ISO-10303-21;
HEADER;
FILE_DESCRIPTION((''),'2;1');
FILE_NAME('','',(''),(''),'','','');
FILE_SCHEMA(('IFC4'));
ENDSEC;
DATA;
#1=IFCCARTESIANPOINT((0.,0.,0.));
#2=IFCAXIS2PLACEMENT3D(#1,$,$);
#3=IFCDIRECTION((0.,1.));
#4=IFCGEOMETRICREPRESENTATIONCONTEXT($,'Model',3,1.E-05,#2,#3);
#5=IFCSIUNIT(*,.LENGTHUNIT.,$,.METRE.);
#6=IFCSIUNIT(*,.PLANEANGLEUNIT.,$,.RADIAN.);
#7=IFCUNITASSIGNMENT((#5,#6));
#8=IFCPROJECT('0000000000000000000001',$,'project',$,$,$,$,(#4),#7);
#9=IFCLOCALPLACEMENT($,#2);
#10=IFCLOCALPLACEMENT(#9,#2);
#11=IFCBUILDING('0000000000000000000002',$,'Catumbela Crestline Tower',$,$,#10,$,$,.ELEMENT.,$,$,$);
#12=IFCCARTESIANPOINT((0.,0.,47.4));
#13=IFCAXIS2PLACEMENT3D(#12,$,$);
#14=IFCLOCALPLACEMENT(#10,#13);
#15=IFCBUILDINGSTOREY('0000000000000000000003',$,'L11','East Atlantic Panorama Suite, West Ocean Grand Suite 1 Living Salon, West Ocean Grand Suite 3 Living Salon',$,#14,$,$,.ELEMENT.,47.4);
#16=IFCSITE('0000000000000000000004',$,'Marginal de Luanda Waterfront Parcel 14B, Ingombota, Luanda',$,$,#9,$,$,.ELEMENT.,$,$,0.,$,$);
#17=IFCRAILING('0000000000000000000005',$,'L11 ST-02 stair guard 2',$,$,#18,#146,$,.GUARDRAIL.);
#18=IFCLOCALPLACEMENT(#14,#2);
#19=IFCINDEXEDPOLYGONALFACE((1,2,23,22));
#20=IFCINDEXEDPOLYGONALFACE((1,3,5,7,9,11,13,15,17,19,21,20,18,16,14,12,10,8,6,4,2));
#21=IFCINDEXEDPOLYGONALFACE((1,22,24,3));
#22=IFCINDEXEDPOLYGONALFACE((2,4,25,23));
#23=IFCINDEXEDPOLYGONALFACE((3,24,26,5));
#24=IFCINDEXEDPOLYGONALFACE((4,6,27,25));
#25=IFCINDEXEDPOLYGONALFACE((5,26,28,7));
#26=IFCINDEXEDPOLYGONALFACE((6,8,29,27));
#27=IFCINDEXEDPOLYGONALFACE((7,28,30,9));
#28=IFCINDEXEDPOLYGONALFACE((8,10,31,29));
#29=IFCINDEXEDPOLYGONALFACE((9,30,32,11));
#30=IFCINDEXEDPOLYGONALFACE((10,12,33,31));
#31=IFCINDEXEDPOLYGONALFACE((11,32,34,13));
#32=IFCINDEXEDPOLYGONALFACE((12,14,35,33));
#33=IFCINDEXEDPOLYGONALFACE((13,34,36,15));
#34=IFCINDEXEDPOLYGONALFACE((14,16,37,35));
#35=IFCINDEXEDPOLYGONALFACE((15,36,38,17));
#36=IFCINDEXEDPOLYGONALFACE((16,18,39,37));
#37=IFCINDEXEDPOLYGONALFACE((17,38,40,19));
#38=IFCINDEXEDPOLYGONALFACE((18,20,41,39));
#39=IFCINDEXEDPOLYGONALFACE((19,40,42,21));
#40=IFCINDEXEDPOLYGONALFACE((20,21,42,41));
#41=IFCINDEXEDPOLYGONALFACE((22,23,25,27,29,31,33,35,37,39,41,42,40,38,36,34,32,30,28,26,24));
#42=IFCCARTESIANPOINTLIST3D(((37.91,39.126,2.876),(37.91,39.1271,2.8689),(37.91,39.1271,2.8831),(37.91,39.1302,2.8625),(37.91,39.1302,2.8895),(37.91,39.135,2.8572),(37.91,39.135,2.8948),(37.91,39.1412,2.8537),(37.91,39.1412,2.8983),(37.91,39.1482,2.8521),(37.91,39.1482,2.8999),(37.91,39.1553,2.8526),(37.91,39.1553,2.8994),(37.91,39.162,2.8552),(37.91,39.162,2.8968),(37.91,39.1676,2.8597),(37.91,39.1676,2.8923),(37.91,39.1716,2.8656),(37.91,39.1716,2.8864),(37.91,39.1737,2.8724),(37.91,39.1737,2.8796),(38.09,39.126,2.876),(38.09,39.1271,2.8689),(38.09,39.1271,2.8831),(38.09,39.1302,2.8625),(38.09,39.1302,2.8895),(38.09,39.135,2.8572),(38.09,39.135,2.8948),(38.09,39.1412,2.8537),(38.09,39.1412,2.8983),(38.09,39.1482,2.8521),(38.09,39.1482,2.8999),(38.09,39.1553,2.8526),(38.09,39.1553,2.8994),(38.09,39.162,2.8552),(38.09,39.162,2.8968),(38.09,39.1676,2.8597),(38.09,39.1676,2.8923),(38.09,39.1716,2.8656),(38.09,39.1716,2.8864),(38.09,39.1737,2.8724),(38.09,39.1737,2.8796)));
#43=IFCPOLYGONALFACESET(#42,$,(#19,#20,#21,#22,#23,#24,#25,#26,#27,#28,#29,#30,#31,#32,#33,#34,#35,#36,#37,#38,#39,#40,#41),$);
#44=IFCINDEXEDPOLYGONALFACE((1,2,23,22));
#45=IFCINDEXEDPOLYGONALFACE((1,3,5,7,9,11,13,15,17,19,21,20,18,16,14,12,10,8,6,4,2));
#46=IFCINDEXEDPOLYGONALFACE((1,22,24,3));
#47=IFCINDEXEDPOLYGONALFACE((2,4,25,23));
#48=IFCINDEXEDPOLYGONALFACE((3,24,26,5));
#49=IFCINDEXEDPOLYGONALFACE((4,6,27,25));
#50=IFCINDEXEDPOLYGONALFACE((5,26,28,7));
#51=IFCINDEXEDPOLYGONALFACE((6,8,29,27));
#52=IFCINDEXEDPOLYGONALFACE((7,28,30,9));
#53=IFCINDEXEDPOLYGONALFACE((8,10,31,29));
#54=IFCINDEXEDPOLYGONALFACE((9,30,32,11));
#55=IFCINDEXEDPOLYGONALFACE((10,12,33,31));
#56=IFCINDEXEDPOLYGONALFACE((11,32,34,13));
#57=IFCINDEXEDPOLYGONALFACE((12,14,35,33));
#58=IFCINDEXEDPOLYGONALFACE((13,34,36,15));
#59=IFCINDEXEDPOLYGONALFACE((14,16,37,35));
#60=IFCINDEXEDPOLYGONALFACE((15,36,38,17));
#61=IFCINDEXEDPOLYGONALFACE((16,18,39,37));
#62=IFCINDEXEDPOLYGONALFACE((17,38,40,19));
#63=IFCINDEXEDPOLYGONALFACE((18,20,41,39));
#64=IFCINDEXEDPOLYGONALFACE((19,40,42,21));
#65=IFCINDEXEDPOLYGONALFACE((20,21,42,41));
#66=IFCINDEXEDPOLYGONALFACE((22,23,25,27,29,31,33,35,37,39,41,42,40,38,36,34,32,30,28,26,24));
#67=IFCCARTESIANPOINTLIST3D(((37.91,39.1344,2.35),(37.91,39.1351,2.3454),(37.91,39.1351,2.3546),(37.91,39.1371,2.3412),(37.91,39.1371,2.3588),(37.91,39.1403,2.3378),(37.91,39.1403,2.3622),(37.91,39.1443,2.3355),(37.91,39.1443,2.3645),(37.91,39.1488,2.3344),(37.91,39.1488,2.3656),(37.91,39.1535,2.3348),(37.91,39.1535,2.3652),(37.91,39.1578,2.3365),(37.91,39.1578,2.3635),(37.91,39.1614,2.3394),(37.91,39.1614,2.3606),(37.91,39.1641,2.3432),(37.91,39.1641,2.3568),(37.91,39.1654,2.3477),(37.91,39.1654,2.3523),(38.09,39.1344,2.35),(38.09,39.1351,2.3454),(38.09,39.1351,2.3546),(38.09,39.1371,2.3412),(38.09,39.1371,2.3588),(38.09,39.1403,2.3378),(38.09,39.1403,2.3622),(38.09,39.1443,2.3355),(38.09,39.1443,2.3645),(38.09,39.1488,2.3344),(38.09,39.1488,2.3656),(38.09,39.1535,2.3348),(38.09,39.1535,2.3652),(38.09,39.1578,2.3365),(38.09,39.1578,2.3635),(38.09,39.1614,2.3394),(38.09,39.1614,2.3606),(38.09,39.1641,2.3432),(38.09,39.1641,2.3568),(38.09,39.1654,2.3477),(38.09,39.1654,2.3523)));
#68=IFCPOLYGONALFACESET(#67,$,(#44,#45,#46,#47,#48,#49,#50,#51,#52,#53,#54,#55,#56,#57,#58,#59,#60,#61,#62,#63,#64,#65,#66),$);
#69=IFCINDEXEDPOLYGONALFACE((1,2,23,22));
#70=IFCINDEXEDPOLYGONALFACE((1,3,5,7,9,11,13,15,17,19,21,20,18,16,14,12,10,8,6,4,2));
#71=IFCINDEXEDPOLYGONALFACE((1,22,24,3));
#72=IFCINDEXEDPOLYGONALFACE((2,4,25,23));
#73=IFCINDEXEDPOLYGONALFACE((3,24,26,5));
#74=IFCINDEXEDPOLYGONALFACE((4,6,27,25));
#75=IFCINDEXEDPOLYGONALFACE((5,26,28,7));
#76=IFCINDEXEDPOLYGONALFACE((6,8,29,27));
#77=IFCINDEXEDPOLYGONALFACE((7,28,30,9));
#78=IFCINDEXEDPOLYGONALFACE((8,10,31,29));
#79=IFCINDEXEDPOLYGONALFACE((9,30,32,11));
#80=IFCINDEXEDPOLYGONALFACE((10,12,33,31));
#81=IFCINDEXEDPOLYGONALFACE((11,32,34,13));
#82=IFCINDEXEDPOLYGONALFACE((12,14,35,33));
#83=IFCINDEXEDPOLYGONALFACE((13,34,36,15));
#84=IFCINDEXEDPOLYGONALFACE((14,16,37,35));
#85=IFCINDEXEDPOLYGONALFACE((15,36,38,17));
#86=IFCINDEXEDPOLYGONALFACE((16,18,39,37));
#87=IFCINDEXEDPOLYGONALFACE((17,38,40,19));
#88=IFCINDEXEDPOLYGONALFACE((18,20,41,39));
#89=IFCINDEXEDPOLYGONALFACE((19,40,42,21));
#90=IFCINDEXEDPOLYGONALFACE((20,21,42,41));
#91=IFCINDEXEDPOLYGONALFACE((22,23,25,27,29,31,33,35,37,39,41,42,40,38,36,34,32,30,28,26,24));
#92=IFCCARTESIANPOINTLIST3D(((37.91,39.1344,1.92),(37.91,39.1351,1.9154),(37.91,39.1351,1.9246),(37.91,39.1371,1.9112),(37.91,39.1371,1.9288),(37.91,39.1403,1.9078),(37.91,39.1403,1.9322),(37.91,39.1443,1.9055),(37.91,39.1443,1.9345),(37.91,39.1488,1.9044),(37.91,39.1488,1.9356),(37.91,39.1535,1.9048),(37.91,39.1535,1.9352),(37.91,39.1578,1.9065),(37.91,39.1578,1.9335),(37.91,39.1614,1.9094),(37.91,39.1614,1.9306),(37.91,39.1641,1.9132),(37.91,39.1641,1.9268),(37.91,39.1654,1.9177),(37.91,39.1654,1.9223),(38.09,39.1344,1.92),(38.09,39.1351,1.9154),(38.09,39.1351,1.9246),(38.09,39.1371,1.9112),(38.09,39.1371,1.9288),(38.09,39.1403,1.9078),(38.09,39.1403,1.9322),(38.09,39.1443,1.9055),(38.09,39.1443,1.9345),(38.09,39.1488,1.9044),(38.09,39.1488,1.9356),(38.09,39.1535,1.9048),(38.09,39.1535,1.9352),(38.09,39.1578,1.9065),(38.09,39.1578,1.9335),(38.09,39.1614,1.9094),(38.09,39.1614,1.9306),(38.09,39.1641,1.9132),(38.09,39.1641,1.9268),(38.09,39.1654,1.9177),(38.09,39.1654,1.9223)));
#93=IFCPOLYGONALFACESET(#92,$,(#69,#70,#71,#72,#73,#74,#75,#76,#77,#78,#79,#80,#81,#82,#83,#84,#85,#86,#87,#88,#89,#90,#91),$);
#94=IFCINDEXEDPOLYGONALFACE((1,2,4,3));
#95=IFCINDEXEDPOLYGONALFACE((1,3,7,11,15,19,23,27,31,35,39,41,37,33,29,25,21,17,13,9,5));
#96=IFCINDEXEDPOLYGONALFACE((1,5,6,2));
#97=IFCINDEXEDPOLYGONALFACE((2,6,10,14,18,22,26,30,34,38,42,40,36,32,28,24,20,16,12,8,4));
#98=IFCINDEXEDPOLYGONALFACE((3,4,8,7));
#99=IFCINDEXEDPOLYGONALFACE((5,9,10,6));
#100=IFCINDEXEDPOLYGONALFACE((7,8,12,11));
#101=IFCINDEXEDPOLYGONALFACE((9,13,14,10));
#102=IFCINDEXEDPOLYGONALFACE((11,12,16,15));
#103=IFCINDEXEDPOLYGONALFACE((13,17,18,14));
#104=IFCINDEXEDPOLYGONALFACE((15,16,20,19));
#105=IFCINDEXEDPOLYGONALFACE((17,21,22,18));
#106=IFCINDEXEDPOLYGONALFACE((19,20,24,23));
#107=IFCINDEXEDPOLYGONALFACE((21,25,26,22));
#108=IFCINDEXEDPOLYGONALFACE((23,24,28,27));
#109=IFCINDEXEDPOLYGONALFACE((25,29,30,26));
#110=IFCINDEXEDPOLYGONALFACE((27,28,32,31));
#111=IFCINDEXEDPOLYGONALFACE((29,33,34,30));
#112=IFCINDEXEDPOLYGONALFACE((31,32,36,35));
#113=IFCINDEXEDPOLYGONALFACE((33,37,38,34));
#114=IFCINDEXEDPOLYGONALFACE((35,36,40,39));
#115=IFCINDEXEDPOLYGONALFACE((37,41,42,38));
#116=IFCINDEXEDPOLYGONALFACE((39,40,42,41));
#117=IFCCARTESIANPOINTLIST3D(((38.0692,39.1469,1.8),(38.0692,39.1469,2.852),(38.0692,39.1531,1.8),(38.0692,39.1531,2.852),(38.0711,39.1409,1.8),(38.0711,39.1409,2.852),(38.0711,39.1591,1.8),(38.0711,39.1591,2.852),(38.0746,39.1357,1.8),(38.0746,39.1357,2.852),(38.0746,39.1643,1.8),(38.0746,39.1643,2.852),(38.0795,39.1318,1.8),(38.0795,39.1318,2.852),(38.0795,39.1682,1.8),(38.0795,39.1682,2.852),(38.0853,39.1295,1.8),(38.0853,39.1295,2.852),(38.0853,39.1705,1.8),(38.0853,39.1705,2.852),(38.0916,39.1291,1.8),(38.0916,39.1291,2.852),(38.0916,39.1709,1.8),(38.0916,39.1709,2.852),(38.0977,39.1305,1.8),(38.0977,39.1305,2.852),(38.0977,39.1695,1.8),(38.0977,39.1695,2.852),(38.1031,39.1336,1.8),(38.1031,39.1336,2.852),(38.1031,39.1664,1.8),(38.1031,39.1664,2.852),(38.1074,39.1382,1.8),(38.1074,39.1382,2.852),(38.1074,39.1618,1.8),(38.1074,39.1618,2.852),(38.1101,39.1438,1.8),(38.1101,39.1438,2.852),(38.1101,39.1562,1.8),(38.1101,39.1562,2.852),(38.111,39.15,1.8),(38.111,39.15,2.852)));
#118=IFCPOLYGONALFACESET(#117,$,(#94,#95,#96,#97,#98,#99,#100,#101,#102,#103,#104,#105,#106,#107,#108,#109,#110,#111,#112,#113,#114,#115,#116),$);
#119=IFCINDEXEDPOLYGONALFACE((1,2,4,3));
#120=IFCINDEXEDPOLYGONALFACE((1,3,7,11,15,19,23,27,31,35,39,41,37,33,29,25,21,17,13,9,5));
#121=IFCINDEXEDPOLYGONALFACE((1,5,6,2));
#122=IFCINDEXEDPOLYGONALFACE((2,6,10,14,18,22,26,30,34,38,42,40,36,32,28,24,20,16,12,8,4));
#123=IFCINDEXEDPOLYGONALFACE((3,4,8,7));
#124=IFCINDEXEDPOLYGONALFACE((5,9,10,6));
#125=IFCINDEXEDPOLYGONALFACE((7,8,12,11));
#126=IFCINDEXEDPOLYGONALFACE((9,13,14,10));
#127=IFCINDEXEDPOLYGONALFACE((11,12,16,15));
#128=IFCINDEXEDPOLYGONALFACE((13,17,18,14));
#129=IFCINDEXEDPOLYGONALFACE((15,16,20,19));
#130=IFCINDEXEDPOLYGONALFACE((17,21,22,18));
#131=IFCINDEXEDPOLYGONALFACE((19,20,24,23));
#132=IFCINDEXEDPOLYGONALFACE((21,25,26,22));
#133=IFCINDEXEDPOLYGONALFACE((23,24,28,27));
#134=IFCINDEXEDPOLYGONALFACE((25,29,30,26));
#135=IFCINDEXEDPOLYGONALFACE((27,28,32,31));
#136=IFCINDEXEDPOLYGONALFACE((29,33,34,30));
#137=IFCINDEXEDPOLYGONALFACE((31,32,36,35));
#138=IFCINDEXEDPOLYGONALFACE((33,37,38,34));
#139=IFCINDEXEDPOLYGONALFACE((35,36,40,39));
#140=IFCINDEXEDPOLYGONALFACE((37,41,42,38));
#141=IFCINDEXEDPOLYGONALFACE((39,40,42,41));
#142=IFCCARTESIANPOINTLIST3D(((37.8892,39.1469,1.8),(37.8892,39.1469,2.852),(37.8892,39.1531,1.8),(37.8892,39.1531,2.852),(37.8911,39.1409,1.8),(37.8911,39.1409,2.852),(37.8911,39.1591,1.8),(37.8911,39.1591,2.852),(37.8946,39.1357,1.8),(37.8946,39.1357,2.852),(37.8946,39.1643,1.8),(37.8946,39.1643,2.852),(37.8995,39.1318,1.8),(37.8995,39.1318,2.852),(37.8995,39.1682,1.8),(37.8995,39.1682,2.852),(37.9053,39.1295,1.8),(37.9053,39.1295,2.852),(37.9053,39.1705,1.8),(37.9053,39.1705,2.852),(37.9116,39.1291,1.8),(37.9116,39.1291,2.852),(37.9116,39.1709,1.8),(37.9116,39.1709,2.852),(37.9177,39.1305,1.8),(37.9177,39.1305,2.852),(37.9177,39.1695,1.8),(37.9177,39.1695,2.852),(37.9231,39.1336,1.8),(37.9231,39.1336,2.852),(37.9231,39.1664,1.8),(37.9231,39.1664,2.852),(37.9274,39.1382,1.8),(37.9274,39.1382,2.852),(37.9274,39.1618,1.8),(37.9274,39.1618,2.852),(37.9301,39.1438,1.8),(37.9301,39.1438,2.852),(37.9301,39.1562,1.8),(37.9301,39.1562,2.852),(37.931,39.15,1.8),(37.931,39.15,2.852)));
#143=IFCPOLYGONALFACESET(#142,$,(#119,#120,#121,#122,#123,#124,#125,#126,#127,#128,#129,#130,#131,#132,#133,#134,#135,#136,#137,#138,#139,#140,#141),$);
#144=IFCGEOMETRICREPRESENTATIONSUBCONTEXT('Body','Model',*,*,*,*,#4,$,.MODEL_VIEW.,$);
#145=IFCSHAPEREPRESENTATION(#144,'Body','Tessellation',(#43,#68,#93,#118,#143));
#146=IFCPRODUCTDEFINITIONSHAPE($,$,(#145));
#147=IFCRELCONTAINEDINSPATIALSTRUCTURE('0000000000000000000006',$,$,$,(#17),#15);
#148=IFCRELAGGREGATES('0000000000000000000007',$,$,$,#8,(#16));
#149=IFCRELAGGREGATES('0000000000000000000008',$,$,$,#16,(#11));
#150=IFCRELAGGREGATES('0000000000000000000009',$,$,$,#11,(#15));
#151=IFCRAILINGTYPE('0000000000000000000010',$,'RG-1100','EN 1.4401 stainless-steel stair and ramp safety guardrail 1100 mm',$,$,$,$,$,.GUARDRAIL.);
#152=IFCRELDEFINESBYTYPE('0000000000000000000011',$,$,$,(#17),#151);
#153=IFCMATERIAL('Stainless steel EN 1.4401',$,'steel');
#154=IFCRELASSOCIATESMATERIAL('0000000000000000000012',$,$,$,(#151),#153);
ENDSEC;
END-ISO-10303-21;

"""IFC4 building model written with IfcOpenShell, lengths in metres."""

from ifc_helpers import new_model, si_unit, direction, frame, origin, origin_2d, place, context, subcontext, project, spatial, circle, extrude, material, type_object, element, save


model = new_model("IFC4")

# Units and contexts
model_context = context("Model", 3, precision=1e-05, world=origin(), true_north=direction((0.0, 1.0)))
body_context = subcontext(model_context, "Body", "Model", "MODEL_VIEW")
ifc_project = project(units=[si_unit("LENGTHUNIT", "METRE"), si_unit("PLANEANGLEUNIT", "RADIAN")], contexts=[model_context])

# Site, building, storey
site_placement = place(None, origin())
site = spatial("IfcSite", under=ifc_project, at=site_placement, Name="Marginal de Luanda Waterfront Parcel 14B, Ingombota, Luanda", CompositionType="ELEMENT", RefElevation=0.0)
building_placement = place(site_placement, origin())
building = spatial("IfcBuilding", under=site, at=building_placement, Name="Catumbela Crestline Tower", CompositionType="ELEMENT")
storey_placement = place(building_placement, frame((0.0, 0.0, 47.4)))
storey = spatial("IfcBuildingStorey", under=building, at=storey_placement, Name="L11", Description="East Atlantic Panorama Suite, West Ocean Grand Suite 1 Living Salon, West Ocean Grand Suite 3 Living Salon", CompositionType="ELEMENT", Elevation=47.4)

# Shared definitions
ifc_material_1 = material(Name="Stainless steel EN 1.4401", Category="steel")

# Railing
railing_type_1 = type_object("IfcRailingType", Name="RG-1100", Description="EN 1.4401 stainless-steel stair and ramp safety guardrail 1100 mm", PredefinedType="GUARDRAIL", material=ifc_material_1)
railing_1_placement = place(storey_placement, frame((38.09, 39.15, 1.8)))
element("IfcRailing", 1, at=railing_1_placement, inside=storey, type_object=railing_type_1, Name="L11 ST-02 stair guard 2", PredefinedType="GUARDRAIL", context=body_context, shape_type="SweptSolid", body=[
    extrude(circle(Radius=0.024, at=origin_2d()), frame((0.0, 0.0, 1.076), z_axis=(-1.0, 0.0, 0.0), x_axis=(0.0, -1.0, 0.0)), (0.0, 0.0, 1.0), 0.18),
    extrude(circle(Radius=0.0156, at=origin_2d()), frame((0.0, 0.0, 0.55), z_axis=(-1.0, 0.0, 0.0), x_axis=(0.0, -1.0, 0.0)), (0.0, 0.0, 1.0), 0.18),
    extrude(circle(Radius=0.0156, at=origin_2d()), frame((0.0, 0.0, 0.12), z_axis=(-1.0, 0.0, 0.0), x_axis=(0.0, -1.0, 0.0)), (0.0, 0.0, 1.0), 0.18),
    extrude(circle(Radius=0.021, at=origin_2d()), origin(), (0.0, 0.0, 1.0), 1.052),
    extrude(circle(Radius=0.021, at=origin_2d()), frame((-0.18, 0.0, 0.0)), (0.0, 0.0, 1.0), 1.052),
])

save(model, "model.ifc")
